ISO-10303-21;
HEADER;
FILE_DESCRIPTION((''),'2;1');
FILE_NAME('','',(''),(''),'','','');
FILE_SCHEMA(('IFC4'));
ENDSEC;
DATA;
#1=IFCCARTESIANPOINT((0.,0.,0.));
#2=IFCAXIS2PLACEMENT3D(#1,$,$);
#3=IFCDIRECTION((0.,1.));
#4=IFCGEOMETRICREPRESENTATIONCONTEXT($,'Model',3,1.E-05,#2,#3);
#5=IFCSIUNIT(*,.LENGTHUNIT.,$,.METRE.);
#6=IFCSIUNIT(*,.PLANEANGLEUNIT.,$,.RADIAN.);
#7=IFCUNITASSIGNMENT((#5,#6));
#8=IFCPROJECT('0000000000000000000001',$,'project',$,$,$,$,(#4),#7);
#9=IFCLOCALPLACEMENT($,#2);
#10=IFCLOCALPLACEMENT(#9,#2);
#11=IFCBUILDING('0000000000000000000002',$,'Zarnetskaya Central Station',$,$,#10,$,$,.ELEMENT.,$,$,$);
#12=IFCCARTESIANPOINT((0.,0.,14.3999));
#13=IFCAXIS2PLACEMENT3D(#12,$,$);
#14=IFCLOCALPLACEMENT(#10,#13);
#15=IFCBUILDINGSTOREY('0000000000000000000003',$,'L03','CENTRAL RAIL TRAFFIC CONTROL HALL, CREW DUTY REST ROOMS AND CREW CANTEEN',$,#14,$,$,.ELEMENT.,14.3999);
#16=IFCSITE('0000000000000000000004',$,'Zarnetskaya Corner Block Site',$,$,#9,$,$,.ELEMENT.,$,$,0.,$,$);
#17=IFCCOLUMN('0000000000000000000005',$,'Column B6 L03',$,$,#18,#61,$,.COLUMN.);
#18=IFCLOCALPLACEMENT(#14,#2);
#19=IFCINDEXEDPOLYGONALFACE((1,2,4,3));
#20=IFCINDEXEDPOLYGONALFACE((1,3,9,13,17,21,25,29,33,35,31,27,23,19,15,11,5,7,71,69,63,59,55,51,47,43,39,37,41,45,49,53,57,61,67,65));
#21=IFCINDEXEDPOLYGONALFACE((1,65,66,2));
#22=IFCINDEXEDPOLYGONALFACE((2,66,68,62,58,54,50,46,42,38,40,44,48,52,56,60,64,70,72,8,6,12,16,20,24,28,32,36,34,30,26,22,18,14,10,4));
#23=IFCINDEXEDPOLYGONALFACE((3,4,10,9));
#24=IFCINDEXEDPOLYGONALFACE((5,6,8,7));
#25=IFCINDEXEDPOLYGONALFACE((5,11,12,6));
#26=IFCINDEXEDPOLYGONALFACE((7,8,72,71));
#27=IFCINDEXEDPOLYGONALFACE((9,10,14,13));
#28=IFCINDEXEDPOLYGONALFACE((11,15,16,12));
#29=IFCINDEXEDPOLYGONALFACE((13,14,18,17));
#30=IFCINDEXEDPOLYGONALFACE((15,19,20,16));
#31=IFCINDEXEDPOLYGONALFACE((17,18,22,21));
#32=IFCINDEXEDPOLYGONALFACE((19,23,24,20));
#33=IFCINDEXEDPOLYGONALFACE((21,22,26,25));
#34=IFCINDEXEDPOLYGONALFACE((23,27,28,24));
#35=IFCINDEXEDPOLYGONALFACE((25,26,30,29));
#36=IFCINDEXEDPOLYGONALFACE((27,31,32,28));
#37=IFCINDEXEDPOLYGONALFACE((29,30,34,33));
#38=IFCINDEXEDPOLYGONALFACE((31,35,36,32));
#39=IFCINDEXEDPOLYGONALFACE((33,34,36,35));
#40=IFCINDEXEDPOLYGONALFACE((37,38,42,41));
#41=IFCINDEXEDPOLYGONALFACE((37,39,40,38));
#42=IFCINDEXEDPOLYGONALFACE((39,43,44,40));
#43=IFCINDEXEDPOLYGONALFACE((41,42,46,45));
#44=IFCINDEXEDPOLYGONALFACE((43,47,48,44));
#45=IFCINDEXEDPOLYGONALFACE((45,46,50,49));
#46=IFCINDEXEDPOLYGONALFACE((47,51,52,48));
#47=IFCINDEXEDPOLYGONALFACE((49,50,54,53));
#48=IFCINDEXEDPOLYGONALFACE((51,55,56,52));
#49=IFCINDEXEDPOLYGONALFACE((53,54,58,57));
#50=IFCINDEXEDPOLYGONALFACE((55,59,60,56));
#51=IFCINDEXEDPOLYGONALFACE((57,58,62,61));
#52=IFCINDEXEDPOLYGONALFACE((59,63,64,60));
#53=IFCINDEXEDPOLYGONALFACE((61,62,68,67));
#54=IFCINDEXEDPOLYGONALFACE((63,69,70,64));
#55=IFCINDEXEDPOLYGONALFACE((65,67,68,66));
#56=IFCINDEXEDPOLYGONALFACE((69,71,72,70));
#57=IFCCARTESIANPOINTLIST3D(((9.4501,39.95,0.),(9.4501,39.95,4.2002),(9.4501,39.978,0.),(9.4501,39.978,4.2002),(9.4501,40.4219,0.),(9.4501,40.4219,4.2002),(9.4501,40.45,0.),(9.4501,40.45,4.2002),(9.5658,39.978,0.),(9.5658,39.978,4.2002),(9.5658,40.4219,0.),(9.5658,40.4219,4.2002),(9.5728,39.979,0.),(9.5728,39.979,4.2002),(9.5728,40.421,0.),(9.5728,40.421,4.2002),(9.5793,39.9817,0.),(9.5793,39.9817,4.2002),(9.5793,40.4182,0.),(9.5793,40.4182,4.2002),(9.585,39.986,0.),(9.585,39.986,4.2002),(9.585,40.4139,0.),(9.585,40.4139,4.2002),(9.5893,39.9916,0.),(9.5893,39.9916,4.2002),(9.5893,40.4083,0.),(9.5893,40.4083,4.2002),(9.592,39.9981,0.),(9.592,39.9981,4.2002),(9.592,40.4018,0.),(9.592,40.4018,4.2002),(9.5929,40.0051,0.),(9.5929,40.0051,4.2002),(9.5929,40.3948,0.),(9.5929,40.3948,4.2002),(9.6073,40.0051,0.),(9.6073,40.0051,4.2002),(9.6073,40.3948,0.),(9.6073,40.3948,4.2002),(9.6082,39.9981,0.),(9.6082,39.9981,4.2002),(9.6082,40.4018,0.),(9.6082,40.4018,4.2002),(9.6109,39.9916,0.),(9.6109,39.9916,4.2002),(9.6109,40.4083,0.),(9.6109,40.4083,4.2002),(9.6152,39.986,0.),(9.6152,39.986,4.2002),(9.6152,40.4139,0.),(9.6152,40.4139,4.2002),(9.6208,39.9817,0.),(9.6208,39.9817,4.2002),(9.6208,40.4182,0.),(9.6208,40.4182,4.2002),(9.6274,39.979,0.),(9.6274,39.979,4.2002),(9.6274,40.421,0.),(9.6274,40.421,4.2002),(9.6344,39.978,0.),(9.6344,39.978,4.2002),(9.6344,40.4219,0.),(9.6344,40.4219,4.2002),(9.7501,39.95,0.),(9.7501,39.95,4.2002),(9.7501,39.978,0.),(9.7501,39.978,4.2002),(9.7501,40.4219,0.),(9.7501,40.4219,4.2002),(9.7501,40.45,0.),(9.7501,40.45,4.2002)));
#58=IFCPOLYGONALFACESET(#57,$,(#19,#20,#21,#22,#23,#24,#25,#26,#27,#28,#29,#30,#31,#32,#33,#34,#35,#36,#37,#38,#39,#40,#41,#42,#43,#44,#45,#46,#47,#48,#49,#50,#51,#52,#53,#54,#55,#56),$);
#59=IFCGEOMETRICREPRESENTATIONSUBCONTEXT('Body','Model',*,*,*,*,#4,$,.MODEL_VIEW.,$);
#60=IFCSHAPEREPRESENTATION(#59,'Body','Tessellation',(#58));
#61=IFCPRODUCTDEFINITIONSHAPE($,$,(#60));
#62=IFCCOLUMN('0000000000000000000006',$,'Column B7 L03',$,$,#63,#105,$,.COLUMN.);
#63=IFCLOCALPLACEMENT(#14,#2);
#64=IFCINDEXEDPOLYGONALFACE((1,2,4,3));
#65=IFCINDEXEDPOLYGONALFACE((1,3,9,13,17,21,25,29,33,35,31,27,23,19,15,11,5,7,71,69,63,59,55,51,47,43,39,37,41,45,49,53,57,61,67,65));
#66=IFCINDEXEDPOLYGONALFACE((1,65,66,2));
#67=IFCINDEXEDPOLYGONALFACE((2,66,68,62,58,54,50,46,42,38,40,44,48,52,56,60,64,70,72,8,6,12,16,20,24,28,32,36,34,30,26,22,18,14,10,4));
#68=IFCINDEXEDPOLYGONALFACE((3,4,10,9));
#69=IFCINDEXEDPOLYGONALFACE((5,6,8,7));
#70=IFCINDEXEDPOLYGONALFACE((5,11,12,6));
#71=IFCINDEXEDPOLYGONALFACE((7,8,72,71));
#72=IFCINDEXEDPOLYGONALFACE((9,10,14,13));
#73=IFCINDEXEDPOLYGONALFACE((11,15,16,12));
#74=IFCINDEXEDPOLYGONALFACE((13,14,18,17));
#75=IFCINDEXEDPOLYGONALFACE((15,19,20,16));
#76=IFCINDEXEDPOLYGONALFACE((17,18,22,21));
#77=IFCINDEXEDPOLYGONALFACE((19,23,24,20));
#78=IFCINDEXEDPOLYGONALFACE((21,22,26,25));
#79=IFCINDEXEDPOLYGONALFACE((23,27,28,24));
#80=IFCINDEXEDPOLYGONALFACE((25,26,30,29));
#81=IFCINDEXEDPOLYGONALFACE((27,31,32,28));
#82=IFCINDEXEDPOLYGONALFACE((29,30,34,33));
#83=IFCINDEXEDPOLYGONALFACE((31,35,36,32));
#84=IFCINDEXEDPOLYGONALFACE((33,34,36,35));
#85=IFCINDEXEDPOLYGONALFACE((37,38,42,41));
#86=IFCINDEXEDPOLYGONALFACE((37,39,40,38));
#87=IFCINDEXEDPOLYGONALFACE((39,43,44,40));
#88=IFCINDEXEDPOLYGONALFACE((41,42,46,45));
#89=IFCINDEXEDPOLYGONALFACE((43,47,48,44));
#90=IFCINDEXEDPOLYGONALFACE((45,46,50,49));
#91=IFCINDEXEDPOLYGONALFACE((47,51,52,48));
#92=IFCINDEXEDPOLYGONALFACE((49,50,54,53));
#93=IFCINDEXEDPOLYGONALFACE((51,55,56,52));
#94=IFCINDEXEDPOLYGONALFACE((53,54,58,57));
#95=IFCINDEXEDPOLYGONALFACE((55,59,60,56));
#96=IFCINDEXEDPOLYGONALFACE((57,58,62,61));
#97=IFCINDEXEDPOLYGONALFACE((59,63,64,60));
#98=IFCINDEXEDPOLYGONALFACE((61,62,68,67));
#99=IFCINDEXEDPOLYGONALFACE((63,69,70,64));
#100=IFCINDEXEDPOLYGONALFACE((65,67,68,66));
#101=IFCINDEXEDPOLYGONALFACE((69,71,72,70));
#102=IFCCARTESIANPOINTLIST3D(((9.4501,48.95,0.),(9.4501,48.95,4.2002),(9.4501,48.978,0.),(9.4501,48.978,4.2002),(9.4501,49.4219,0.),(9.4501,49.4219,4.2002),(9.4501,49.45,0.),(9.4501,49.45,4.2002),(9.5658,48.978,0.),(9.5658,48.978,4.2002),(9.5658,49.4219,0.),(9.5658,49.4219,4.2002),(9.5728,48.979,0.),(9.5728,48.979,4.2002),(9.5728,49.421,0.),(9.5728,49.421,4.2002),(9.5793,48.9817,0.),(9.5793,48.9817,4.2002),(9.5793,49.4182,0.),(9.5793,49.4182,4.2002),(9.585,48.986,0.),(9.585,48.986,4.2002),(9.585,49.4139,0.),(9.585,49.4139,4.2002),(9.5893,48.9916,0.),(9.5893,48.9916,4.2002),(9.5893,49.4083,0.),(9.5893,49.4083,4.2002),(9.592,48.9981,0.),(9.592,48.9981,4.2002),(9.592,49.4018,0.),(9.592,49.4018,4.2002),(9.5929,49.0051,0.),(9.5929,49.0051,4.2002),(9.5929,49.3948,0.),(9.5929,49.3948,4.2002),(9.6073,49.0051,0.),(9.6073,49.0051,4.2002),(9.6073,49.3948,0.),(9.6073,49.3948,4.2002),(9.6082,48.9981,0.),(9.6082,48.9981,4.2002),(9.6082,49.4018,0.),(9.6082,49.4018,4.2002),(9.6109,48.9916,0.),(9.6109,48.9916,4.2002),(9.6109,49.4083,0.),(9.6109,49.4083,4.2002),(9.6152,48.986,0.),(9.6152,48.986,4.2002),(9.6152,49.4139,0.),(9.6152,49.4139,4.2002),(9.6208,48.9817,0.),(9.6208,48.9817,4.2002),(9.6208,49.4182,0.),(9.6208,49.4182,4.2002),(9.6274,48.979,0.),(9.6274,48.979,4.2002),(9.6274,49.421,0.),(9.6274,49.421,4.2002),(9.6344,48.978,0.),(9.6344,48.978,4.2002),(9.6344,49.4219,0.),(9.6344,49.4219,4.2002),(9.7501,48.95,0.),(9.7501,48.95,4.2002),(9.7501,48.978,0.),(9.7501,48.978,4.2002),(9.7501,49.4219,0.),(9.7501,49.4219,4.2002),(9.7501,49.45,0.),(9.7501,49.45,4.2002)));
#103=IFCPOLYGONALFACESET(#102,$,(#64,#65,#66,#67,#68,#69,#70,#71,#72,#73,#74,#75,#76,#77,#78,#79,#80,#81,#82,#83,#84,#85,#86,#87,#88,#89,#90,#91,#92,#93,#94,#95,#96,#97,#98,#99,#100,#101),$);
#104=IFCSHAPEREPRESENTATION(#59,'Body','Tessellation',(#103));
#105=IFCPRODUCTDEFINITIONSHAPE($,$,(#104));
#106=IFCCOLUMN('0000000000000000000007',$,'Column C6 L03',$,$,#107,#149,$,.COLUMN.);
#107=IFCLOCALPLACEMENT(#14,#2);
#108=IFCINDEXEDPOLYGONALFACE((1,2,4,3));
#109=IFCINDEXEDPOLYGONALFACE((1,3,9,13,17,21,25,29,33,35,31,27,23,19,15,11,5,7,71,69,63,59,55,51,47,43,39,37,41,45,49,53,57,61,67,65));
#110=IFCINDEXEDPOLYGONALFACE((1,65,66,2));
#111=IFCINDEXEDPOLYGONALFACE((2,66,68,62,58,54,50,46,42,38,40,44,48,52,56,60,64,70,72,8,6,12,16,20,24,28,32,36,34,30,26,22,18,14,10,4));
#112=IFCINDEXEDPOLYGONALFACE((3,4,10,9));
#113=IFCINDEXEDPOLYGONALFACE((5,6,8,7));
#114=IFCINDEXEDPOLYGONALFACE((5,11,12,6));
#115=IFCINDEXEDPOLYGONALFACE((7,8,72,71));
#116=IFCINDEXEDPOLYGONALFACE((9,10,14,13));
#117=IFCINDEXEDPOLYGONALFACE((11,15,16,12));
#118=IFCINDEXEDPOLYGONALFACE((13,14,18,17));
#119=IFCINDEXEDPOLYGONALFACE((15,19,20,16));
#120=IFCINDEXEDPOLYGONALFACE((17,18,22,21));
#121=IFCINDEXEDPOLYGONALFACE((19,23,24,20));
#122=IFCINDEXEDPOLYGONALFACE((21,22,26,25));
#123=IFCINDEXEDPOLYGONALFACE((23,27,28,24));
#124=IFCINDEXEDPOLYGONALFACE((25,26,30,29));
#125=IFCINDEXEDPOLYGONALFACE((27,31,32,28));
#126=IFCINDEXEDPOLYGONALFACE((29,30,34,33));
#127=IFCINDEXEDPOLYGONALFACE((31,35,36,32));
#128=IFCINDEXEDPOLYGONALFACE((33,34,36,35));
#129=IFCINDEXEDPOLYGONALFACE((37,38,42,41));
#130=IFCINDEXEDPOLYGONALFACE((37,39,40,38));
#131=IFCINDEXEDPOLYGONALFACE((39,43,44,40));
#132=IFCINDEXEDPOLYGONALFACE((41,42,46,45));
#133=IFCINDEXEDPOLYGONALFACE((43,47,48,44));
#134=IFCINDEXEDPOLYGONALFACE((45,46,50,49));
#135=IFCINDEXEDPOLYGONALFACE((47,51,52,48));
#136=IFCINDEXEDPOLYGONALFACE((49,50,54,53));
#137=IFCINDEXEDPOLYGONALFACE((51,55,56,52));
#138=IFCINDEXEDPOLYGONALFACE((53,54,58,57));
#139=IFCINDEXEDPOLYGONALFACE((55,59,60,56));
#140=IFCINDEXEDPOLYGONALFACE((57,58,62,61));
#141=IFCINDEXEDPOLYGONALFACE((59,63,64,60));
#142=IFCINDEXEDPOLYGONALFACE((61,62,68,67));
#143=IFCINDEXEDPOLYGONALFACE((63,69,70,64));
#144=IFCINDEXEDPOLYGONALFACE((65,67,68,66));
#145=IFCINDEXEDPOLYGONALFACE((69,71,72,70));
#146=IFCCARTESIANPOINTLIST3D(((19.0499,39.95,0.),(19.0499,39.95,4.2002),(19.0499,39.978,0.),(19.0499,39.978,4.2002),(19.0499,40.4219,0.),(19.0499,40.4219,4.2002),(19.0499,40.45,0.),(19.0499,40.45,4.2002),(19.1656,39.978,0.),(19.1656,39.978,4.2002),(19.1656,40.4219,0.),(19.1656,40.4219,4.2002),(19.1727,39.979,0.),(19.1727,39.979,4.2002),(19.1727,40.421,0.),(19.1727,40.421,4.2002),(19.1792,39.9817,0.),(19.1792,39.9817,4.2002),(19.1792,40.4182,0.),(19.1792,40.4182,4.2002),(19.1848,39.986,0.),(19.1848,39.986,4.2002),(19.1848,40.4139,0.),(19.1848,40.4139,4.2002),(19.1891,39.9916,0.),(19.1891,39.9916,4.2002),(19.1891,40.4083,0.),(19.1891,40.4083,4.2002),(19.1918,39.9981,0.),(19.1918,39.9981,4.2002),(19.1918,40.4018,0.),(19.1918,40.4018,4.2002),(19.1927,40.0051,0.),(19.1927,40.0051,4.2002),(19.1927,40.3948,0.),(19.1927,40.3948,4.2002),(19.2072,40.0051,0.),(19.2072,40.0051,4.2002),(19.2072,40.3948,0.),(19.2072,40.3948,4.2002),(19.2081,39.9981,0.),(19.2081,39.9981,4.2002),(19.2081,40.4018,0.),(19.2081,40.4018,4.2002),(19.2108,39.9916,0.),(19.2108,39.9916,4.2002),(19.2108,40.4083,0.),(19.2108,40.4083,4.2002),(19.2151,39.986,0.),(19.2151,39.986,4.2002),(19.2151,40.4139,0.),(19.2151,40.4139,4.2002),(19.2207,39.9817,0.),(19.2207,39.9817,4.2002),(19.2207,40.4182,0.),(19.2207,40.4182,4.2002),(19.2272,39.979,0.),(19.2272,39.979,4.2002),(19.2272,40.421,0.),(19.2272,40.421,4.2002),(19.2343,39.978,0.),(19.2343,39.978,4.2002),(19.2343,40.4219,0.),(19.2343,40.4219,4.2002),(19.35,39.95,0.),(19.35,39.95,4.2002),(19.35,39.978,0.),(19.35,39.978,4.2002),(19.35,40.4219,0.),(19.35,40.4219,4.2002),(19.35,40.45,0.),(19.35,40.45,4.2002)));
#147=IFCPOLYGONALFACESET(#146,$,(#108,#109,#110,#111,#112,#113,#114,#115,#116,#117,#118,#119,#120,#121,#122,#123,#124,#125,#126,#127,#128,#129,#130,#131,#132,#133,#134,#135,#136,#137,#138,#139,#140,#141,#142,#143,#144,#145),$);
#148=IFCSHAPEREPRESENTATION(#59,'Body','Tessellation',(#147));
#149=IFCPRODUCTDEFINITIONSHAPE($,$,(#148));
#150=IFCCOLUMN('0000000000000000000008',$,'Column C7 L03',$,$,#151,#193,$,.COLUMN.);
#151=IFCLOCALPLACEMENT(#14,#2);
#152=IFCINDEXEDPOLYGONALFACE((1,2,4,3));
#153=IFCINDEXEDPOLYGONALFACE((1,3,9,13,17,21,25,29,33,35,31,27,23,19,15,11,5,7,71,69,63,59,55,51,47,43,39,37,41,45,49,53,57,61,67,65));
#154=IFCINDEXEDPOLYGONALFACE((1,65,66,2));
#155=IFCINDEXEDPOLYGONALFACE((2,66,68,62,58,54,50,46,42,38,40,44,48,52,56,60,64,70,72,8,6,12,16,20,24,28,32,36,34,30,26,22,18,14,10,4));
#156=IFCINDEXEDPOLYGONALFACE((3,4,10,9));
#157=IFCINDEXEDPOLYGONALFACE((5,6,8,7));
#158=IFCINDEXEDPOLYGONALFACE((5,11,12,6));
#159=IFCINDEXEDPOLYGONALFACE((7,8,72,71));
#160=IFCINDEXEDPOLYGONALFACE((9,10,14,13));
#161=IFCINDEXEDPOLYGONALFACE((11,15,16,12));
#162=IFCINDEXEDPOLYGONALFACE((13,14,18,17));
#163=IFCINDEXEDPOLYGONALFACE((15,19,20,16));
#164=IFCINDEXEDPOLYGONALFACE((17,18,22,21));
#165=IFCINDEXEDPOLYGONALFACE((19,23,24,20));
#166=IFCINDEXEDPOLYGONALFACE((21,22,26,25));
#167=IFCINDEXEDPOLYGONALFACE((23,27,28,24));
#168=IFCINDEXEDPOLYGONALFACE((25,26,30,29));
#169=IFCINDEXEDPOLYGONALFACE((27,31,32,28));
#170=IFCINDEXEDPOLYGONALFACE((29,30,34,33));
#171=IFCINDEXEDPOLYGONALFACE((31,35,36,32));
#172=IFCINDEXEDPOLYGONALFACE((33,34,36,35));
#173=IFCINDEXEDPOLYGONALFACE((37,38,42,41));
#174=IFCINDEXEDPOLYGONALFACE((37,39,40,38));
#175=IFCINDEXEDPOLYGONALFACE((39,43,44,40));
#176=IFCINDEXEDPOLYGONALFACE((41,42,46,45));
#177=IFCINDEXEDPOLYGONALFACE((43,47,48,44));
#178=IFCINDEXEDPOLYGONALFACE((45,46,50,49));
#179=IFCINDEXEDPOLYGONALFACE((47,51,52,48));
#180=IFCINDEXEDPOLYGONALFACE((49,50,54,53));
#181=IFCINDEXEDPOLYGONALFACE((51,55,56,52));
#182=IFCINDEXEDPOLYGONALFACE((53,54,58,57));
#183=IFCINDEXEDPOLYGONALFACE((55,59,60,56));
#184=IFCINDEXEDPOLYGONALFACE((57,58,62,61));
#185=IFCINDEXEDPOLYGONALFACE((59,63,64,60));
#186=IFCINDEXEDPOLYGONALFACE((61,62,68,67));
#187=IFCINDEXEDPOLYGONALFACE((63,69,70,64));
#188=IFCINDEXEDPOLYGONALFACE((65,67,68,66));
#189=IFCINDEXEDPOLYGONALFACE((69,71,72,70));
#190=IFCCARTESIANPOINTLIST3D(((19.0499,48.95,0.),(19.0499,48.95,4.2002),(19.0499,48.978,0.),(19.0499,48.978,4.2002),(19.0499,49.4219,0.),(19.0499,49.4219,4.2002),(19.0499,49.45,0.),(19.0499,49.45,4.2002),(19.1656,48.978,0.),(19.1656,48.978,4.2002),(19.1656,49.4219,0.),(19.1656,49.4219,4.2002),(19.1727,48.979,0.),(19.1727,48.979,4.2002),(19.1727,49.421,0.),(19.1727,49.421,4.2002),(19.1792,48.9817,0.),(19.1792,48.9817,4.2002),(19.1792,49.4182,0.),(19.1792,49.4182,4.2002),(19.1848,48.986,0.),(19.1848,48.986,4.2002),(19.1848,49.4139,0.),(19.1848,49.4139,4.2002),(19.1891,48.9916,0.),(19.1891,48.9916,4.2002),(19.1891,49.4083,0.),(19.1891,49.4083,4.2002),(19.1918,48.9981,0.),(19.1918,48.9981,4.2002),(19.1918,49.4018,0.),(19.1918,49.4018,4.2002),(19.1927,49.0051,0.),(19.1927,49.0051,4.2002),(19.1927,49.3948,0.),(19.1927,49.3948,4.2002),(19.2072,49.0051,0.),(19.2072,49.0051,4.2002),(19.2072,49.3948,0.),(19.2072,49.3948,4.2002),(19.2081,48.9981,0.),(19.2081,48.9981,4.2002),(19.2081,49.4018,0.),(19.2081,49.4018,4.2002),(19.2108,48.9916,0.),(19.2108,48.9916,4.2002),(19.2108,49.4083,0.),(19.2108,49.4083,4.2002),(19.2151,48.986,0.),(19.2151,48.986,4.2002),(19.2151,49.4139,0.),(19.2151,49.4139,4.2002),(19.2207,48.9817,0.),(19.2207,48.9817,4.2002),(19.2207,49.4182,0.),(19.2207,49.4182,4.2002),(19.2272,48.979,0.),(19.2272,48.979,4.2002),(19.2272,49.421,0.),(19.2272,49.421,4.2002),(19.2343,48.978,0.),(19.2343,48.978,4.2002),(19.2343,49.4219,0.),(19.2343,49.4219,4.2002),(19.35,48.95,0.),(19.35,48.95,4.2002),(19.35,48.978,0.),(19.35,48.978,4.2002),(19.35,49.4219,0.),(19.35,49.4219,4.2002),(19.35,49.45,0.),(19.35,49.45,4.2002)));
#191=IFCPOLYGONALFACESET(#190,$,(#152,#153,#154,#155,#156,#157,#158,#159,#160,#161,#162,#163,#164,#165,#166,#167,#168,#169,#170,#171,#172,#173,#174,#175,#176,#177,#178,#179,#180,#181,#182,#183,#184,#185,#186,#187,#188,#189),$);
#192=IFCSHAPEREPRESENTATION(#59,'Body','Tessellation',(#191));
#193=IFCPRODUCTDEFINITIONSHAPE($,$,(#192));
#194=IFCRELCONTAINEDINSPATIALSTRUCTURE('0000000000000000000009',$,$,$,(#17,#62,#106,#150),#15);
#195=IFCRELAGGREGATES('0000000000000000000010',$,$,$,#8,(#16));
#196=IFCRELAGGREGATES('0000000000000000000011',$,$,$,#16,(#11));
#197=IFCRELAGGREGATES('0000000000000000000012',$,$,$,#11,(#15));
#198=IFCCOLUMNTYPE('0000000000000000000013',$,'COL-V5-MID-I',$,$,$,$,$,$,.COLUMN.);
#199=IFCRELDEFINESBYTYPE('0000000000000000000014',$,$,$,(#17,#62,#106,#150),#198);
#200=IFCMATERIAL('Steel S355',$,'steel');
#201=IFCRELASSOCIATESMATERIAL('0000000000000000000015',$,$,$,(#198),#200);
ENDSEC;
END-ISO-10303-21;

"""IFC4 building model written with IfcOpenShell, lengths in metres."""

from ifc_helpers import new_model, si_unit, direction, frame, origin, origin_2d, place, context, subcontext, project, spatial, i_section, extrude, material, material_profile, profile_set, type_object, element, save


model = new_model("IFC4")

# Units and contexts
model_context = context("Model", 3, precision=1e-05, world=origin(), true_north=direction((0.0, 1.0)))
body_context = subcontext(model_context, "Body", "Model", "MODEL_VIEW")
ifc_project = project(units=[si_unit("LENGTHUNIT", "METRE"), si_unit("PLANEANGLEUNIT", "RADIAN")], contexts=[model_context])

# Site, building, storey
site_placement = place(None, origin())
site = spatial("IfcSite", under=ifc_project, at=site_placement, Name="Zarnetskaya Corner Block Site", CompositionType="ELEMENT", RefElevation=0.0)
building_placement = place(site_placement, origin())
building = spatial("IfcBuilding", under=site, at=building_placement, Name="Zarnetskaya Central Station", CompositionType="ELEMENT")
storey_placement = place(building_placement, frame((0.0, 0.0, 14.3999)))
storey = spatial("IfcBuildingStorey", under=building, at=storey_placement, Name="L03", Description="CENTRAL RAIL TRAFFIC CONTROL HALL, CREW DUTY REST ROOMS AND CREW CANTEEN", CompositionType="ELEMENT", Elevation=14.3999)

# Columns
ifc_material_1 = material(Name="Steel S355", Category="steel")
ifc_material_profile_1 = material_profile(ifc_material_1, i_section(OverallWidth=0.3, OverallDepth=0.5, WebThickness=0.0144, FlangeThickness=0.0281, FilletRadius=0.0271, at=origin_2d()), Name="HEB 500")
ifc_profile_set_1 = profile_set([ifc_material_profile_1], Name="Steel S355")
column_type = type_object("IfcColumnType", Name="COL-V5-MID-I", PredefinedType="COLUMN", material=ifc_profile_set_1)
for number, where, z_axis, x_axis, name in (
    (1, (9.6001, 40.2, 0.0), (0.0, 0.0, 1.0), (1.0, 0.0, 0.0), "Column B6 L03"),
    (2, (9.6001, 49.2, 0.0), (0.0, 0.0, 1.0), (1.0, 0.0, 0.0), "Column B7 L03"),
    (3, (19.2, 40.2, 0.0), (0.0, 0.0, 1.0), (1.0, 0.0, 0.0), "Column C6 L03"),
    (4, (19.2, 49.2, 0.0), (0.0, 0.0, 1.0), (1.0, 0.0, 0.0), "Column C7 L03"),
):
    element("IfcColumn", number, at=place(storey_placement, frame(where, z_axis=z_axis, x_axis=x_axis)), inside=storey, type_object=column_type, Name=name, PredefinedType="COLUMN", context=body_context, shape_type="SweptSolid", body=[
        extrude(i_section(OverallWidth=0.3, OverallDepth=0.5, WebThickness=0.0144, FlangeThickness=0.0281, FilletRadius=0.0271, at=origin_2d()), origin(), (0.0, 0.0, 1.0), 4.2002),
    ])

save(model, "model.ifc")
